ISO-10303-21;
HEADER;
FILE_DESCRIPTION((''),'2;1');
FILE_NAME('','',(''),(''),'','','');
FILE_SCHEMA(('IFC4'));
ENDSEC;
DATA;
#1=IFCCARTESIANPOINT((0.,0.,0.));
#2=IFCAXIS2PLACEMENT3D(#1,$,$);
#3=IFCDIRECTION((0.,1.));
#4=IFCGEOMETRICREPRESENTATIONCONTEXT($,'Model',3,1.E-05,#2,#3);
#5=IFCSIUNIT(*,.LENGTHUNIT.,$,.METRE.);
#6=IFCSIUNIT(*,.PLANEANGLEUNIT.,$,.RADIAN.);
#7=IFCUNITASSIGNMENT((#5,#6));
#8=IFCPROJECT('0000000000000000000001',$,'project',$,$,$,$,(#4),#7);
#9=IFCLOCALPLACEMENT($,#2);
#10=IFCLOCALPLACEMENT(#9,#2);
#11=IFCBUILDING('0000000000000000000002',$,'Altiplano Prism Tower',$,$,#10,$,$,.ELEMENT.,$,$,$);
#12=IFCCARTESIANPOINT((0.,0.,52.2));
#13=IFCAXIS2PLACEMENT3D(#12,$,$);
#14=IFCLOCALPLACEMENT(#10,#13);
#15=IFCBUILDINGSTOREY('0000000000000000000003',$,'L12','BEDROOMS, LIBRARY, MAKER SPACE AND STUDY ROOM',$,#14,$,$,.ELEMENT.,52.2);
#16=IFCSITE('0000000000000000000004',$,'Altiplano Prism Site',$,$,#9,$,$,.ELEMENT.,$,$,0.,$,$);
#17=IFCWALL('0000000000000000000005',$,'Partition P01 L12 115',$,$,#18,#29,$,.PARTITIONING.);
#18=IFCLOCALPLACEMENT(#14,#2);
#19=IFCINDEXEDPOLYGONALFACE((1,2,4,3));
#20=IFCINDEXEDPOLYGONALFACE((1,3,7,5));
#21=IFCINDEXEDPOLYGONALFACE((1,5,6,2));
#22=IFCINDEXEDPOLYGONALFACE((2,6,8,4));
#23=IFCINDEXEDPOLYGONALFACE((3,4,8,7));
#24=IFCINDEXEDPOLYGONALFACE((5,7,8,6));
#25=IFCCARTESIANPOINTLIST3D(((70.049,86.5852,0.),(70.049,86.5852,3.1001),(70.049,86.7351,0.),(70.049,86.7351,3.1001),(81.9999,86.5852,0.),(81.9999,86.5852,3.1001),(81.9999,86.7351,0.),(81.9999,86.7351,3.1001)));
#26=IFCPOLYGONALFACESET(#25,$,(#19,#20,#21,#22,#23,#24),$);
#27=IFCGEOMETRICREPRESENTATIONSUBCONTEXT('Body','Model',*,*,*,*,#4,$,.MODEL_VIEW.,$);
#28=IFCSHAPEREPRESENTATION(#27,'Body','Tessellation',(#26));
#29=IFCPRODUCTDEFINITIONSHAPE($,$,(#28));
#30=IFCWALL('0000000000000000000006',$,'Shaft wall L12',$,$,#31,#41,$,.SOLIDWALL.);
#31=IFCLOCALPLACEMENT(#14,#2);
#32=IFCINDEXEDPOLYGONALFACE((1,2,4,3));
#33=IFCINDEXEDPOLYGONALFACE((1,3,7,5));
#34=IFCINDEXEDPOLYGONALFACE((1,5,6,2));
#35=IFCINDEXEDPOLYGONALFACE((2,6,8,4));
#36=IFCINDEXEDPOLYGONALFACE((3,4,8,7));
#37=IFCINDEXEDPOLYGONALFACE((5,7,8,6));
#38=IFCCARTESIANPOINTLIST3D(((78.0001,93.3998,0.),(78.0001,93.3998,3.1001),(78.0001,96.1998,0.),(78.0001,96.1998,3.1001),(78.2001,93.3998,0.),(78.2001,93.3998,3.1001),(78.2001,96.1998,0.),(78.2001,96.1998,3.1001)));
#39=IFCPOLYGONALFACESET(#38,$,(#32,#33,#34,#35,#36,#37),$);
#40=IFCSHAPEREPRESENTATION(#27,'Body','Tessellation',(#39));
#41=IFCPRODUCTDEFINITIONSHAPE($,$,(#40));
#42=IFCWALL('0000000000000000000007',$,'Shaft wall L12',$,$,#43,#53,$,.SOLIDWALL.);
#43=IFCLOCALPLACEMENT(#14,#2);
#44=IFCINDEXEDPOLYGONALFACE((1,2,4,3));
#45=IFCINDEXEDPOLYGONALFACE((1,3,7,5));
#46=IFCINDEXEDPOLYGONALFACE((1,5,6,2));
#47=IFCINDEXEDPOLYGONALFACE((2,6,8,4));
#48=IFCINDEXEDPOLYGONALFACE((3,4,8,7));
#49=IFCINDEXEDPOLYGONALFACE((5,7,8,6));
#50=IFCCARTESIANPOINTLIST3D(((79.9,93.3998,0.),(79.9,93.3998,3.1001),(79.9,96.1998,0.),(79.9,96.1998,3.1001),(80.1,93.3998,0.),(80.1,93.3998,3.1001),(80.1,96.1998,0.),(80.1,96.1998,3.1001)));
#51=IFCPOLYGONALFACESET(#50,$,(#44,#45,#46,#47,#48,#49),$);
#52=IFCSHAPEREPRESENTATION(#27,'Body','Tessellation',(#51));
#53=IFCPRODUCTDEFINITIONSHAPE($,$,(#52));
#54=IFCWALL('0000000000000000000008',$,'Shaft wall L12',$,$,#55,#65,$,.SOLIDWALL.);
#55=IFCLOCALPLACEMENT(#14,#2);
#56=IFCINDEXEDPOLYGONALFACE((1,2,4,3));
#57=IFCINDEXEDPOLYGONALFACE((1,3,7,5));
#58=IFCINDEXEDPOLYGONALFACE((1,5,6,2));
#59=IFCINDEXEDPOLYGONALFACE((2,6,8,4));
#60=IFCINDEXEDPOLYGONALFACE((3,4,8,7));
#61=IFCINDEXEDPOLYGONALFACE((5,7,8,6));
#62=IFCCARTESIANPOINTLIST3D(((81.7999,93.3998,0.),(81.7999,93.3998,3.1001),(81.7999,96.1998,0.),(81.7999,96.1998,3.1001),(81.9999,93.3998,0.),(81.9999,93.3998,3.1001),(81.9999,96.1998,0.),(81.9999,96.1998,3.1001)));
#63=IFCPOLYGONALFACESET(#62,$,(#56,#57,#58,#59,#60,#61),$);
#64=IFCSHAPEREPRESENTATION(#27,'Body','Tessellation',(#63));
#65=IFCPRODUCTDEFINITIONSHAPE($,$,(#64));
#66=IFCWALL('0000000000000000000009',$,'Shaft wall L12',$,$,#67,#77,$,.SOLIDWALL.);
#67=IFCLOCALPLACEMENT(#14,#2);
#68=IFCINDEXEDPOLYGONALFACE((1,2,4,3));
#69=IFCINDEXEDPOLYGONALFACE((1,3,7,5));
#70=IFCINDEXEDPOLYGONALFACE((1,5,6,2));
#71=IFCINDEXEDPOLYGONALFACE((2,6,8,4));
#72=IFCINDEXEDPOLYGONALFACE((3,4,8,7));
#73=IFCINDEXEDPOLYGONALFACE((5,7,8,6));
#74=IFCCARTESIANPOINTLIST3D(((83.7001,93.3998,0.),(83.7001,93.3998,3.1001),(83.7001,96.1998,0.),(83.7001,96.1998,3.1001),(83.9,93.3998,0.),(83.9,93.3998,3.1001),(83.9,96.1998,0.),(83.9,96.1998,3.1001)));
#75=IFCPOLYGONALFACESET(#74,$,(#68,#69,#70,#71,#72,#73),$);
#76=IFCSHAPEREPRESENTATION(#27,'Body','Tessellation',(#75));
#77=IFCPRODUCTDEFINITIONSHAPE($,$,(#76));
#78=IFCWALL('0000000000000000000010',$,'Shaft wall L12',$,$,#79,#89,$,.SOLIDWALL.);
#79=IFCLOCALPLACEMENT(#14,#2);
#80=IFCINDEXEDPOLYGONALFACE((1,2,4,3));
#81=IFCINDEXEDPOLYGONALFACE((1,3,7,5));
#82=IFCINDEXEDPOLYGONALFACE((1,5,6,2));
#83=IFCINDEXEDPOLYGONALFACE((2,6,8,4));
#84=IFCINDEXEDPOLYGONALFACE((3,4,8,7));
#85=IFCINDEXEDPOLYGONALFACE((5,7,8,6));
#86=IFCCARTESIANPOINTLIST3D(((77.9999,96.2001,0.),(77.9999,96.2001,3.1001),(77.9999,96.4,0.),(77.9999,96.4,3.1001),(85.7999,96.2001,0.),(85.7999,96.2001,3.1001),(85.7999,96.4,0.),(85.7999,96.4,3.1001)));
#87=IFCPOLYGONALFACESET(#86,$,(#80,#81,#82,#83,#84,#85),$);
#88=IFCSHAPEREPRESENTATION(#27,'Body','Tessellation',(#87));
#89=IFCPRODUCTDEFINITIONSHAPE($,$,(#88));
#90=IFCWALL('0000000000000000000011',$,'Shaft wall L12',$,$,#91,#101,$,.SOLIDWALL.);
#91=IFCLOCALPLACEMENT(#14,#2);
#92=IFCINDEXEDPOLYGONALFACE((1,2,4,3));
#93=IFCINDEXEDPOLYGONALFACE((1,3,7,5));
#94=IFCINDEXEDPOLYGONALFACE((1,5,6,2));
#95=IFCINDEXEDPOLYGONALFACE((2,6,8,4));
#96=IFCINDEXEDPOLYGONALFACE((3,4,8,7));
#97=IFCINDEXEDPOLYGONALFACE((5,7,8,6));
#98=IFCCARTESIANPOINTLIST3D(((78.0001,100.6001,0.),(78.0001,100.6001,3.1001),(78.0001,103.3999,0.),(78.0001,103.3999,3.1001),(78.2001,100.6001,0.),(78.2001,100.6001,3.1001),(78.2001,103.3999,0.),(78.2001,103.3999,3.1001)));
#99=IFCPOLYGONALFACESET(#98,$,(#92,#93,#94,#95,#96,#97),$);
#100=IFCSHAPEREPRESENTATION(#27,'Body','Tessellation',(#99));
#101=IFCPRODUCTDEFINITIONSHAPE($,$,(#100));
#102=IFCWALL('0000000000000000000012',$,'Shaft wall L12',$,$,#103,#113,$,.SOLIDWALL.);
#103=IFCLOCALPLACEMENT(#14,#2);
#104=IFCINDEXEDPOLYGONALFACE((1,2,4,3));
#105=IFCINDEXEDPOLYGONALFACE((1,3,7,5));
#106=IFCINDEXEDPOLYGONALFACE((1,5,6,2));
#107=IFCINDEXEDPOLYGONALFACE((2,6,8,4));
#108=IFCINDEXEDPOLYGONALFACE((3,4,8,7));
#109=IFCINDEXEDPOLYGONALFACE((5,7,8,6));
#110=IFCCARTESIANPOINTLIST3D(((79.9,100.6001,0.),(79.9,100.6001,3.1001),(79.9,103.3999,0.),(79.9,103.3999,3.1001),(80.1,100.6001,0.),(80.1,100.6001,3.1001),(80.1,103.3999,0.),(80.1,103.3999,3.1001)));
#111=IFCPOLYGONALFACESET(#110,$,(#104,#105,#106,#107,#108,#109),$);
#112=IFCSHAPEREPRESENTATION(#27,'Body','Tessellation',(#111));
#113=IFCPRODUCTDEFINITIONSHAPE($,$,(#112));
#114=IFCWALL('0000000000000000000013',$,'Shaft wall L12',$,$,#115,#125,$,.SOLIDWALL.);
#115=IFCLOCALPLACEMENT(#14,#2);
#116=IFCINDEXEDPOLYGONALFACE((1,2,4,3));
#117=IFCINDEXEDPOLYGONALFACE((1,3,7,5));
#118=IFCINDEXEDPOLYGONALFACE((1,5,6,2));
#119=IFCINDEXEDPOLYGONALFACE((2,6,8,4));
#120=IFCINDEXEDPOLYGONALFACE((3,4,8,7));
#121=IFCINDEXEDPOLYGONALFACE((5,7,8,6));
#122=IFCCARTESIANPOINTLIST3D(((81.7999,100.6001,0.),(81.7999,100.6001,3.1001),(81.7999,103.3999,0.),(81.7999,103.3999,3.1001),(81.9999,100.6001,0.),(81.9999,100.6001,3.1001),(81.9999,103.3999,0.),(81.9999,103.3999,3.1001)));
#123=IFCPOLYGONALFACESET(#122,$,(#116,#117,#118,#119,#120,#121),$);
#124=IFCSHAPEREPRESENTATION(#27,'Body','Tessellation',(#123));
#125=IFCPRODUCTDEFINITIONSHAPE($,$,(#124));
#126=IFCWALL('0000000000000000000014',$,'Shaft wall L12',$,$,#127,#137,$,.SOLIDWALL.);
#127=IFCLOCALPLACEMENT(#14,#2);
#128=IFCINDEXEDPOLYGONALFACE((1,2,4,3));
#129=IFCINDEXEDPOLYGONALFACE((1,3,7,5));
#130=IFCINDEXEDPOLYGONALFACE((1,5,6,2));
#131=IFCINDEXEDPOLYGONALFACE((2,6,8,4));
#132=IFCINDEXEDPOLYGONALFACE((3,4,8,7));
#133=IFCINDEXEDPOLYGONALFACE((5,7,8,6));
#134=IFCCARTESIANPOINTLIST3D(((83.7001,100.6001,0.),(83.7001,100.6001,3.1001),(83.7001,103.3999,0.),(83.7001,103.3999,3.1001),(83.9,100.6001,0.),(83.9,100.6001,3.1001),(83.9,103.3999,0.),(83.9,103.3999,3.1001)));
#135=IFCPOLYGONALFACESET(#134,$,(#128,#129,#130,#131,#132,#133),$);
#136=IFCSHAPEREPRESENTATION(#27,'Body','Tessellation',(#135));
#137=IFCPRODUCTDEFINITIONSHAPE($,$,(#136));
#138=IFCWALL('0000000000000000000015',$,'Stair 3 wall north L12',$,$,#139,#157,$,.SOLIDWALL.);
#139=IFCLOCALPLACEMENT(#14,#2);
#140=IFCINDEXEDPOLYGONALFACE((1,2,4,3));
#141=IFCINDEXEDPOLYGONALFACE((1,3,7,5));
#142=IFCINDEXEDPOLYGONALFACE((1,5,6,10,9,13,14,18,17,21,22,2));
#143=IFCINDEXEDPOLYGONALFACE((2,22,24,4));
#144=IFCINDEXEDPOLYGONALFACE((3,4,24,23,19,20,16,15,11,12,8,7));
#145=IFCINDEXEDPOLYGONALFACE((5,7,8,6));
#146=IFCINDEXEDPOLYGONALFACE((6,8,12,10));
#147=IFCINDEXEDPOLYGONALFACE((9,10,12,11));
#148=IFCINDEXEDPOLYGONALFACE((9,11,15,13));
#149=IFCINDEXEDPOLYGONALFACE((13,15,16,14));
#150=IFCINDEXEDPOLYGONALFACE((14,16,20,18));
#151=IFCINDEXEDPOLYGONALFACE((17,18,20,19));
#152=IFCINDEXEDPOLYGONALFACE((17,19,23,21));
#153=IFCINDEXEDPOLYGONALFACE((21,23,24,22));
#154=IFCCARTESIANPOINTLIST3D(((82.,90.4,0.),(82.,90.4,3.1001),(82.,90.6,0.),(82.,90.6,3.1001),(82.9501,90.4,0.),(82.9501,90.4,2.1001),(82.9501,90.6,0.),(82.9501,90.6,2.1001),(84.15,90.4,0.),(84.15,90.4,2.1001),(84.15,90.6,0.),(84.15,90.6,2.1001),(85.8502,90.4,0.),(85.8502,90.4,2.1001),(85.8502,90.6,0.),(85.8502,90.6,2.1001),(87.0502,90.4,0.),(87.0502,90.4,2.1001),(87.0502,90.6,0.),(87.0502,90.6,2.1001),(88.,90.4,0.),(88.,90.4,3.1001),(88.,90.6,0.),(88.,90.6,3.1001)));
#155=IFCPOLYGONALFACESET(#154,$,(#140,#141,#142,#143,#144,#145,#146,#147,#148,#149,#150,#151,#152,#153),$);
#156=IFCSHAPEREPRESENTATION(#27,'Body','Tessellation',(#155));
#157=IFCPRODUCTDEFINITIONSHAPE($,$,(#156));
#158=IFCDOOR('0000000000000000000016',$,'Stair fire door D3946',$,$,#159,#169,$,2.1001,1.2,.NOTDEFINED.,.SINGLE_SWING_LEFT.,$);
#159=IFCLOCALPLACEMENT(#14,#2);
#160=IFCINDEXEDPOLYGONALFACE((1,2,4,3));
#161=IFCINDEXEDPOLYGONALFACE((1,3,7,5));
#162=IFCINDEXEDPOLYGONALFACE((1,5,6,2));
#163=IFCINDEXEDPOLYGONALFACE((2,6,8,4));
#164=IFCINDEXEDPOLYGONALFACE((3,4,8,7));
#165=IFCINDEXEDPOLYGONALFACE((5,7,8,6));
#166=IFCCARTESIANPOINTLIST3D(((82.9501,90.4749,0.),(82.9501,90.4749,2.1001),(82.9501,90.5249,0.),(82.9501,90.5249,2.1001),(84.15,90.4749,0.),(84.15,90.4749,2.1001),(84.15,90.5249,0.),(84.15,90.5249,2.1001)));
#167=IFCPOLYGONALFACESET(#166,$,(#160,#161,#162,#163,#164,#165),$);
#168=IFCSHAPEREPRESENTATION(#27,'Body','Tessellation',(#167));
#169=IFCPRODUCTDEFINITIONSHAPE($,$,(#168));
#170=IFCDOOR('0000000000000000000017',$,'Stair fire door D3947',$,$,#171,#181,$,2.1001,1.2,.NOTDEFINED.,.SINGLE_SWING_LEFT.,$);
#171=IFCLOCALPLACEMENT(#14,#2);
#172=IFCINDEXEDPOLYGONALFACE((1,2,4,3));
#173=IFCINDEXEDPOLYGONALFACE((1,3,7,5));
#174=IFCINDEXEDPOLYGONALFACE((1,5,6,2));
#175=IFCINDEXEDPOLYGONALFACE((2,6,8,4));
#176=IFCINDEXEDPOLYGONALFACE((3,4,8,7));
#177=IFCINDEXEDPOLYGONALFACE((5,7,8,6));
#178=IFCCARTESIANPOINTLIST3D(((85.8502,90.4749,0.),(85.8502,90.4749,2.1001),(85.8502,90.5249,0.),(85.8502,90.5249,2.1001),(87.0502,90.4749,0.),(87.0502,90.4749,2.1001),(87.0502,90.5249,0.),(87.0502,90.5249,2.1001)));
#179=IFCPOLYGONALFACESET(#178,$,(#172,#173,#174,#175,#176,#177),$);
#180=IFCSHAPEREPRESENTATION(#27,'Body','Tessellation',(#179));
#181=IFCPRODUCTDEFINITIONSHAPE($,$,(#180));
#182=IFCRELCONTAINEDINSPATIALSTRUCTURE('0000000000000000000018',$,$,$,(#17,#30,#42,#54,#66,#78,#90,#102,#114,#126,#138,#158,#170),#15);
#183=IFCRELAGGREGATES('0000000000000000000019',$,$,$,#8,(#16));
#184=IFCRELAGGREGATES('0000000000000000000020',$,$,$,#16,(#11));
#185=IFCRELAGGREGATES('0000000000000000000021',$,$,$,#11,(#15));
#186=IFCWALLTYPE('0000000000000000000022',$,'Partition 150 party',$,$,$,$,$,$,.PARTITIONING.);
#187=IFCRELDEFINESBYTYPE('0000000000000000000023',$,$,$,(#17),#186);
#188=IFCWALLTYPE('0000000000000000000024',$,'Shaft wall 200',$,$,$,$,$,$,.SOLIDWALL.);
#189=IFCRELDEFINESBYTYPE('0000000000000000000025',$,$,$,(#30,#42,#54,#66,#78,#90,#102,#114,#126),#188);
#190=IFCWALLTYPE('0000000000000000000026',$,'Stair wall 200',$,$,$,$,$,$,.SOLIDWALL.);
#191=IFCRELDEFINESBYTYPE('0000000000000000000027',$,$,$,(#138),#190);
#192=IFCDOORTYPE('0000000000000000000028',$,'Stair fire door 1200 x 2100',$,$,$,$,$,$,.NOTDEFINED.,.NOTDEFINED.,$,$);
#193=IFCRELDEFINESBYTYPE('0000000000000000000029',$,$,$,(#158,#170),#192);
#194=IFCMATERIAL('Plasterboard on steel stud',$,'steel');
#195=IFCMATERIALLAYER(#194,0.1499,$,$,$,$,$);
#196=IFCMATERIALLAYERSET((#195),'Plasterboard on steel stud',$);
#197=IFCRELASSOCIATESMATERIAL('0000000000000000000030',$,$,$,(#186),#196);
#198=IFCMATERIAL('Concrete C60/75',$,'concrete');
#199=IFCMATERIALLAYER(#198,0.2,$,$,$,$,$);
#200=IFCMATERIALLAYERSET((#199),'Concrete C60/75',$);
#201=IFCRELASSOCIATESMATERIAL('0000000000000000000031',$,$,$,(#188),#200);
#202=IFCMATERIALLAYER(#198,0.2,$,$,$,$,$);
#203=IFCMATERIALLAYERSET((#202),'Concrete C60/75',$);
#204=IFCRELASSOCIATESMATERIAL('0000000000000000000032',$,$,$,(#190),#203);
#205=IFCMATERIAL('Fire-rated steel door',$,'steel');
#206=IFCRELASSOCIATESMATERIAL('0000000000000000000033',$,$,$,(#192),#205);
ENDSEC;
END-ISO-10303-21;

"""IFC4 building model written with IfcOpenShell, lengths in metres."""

from ifc_helpers import new_model, si_unit, direction, frame, frame_2d, origin, place, context, subcontext, project, spatial, rectangle, extrude, material, layer, layer_set, type_object, element, fill, save


model = new_model("IFC4")

# Units and contexts
model_context = context("Model", 3, precision=1e-05, world=origin(), true_north=direction((0.0, 1.0)))
body_context = subcontext(model_context, "Body", "Model", "MODEL_VIEW")
ifc_project = project(units=[si_unit("LENGTHUNIT", "METRE"), si_unit("PLANEANGLEUNIT", "RADIAN")], contexts=[model_context])

# Site, building, storey
site_placement = place(None, origin())
site = spatial("IfcSite", under=ifc_project, at=site_placement, Name="Altiplano Prism Site", CompositionType="ELEMENT", RefElevation=0.0)
building_placement = place(site_placement, origin())
building = spatial("IfcBuilding", under=site, at=building_placement, Name="Altiplano Prism Tower", CompositionType="ELEMENT")
storey_placement = place(building_placement, frame((0.0, 0.0, 52.2)))
storey = spatial("IfcBuildingStorey", under=building, at=storey_placement, Name="L12", Description="BEDROOMS, LIBRARY, MAKER SPACE AND STUDY ROOM", CompositionType="ELEMENT", Elevation=52.2)

# Walls
ifc_material_1 = material(Name="Plasterboard on steel stud", Category="steel")
ifc_layer_1 = layer(ifc_material_1, 0.1499)
ifc_layer_set_1 = layer_set([ifc_layer_1], Name="Plasterboard on steel stud")
wall_type_1 = type_object("IfcWallType", Name="Partition 150 party", PredefinedType="PARTITIONING", material=ifc_layer_set_1)
wall_1_placement = place(storey_placement, frame((82.0, 86.6602, 0.0), z_axis=(0.0, 0.0, 1.0), x_axis=(-1.0, 0.0, 0.0)))
element("IfcWall", 1, at=wall_1_placement, inside=storey, type_object=wall_type_1, Name="Partition P01 L12 115", PredefinedType="PARTITIONING", context=body_context, shape_type="SweptSolid", body=[
    extrude(rectangle(XDim=11.9509, YDim=0.1499, at=frame_2d((5.9756, 0.0))), origin(), (0.0, 0.0, 1.0), 3.1001),
])
ifc_material_2 = material(Name="Concrete C60/75", Category="concrete")
ifc_layer_2 = layer(ifc_material_2, 0.2)
ifc_layer_set_2 = layer_set([ifc_layer_2], Name="Concrete C60/75")
wall_type_2 = type_object("IfcWallType", Name="Shaft wall 200", PredefinedType="SOLIDWALL", material=ifc_layer_set_2)
for number, where, z_axis, x_axis, name in (
    (2, (78.1001, 93.3999, 0.0), (0.0, 0.0, 1.0), (0.0, 1.0, 0.0), "Shaft wall L12"),
    (3, (80.0, 93.3999, 0.0), (0.0, 0.0, 1.0), (0.0, 1.0, 0.0), "Shaft wall L12"),
    (4, (81.8999, 93.3999, 0.0), (0.0, 0.0, 1.0), (0.0, 1.0, 0.0), "Shaft wall L12"),
    (5, (83.8, 93.3999, 0.0), (0.0, 0.0, 1.0), (0.0, 1.0, 0.0), "Shaft wall L12"),
):
    element("IfcWall", number, at=place(storey_placement, frame(where, z_axis=z_axis, x_axis=x_axis)), inside=storey, type_object=wall_type_2, Name=name, PredefinedType="SOLIDWALL", context=body_context, shape_type="SweptSolid", body=[
        extrude(rectangle(XDim=2.8, YDim=0.2, at=frame_2d((1.3999, 0.0))), origin(), (0.0, 0.0, 1.0), 3.1001),
    ])
wall_2_placement = place(storey_placement, frame((78.0, 96.3, 0.0), z_axis=(0.0, 0.0, 1.0), x_axis=(1.0, 0.0, 0.0)))
element("IfcWall", 6, at=wall_2_placement, inside=storey, type_object=wall_type_2, Name="Shaft wall L12", PredefinedType="SOLIDWALL", context=body_context, shape_type="SweptSolid", body=[
    extrude(rectangle(XDim=7.8, YDim=0.2, at=frame_2d((3.8999, 0.0))), origin(), (0.0, 0.0, 1.0), 3.1001),
])
for number, where, z_axis, x_axis, name in (
    (7, (78.1001, 100.6001, 0.0), (0.0, 0.0, 1.0), (0.0, 1.0, 0.0), "Shaft wall L12"),
    (8, (80.0, 100.6001, 0.0), (0.0, 0.0, 1.0), (0.0, 1.0, 0.0), "Shaft wall L12"),
    (9, (81.8999, 100.6001, 0.0), (0.0, 0.0, 1.0), (0.0, 1.0, 0.0), "Shaft wall L12"),
    (10, (83.8, 100.6001, 0.0), (0.0, 0.0, 1.0), (0.0, 1.0, 0.0), "Shaft wall L12"),
):
    element("IfcWall", number, at=place(storey_placement, frame(where, z_axis=z_axis, x_axis=x_axis)), inside=storey, type_object=wall_type_2, Name=name, PredefinedType="SOLIDWALL", context=body_context, shape_type="SweptSolid", body=[
        extrude(rectangle(XDim=2.7998, YDim=0.2, at=frame_2d((1.3999, 0.0))), origin(), (0.0, 0.0, 1.0), 3.1001),
    ])

# Wall, openings, doors
ifc_layer_3 = layer(ifc_material_2, 0.2)
ifc_layer_set_3 = layer_set([ifc_layer_3], Name="Concrete C60/75")
wall_type_3 = type_object("IfcWallType", Name="Stair wall 200", PredefinedType="SOLIDWALL", material=ifc_layer_set_3)
wall_3_placement = place(storey_placement, frame((82.0, 90.5, 0.0), z_axis=(0.0, 0.0, 1.0), x_axis=(1.0, 0.0, 0.0)))
wall_3 = element("IfcWall", 11, at=wall_3_placement, inside=storey, type_object=wall_type_3, Name="Stair 3 wall north L12", PredefinedType="SOLIDWALL", context=body_context, shape_type="SweptSolid", body=[
    extrude(rectangle(XDim=6.0, YDim=0.2, at=frame_2d((3.0, 0.0))), origin(), (0.0, 0.0, 1.0), 3.1001),
])
opening_1_placement = place(wall_3_placement, frame((0.95, 0.0, 0.0)))
opening_1 = element("IfcOpeningElement", 12, at=opening_1_placement, cuts=wall_3, PredefinedType="OPENING", context=body_context, shape_type="SweptSolid", body=[
    extrude(rectangle(XDim=1.2, YDim=2.1001, at=frame_2d((0.6001, 1.05))), frame((0.0, 0.1104, 0.0), z_axis=(0.0, -1.0, 0.0), x_axis=(1.0, 0.0, 0.0)), (0.0, 0.0, 1.0), 0.2209),
])
opening_2_placement = place(wall_3_placement, frame((3.8501, 0.0, 0.0)))
opening_2 = element("IfcOpeningElement", 13, at=opening_2_placement, cuts=wall_3, PredefinedType="OPENING", context=body_context, shape_type="SweptSolid", body=[
    extrude(rectangle(XDim=1.2, YDim=2.1001, at=frame_2d((0.6001, 1.05))), frame((0.0, 0.1104, 0.0), z_axis=(0.0, -1.0, 0.0), x_axis=(1.0, 0.0, 0.0)), (0.0, 0.0, 1.0), 0.2209),
])
ifc_material_3 = material(Name="Fire-rated steel door", Category="steel")
door_type_1 = type_object("IfcDoorType", Name="Stair fire door 1200 x 2100", OperationType="NOTDEFINED", PredefinedType="NOTDEFINED", material=ifc_material_3)
door_1_placement = place(opening_1_placement, origin())
door_1 = element("IfcDoor", 14, at=door_1_placement, inside=storey, type_object=door_type_1, Name="Stair fire door D3946", OperationType="SINGLE_SWING_LEFT", OverallHeight=2.1001, OverallWidth=1.2, PredefinedType="NOTDEFINED", context=body_context, shape_type="SweptSolid", body=[
    extrude(rectangle(XDim=1.2, YDim=2.1001, at=frame_2d((0.6001, 1.05))), frame((0.0, 0.0249, 0.0), z_axis=(0.0, -1.0, 0.0), x_axis=(1.0, 0.0, 0.0)), (0.0, 0.0, 1.0), 0.05),
])
fill(opening_1, door_1)
door_2_placement = place(opening_2_placement, origin())
door_2 = element("IfcDoor", 15, at=door_2_placement, inside=storey, type_object=door_type_1, Name="Stair fire door D3947", OperationType="SINGLE_SWING_LEFT", OverallHeight=2.1001, OverallWidth=1.2, PredefinedType="NOTDEFINED", context=body_context, shape_type="SweptSolid", body=[
    extrude(rectangle(XDim=1.2, YDim=2.1001, at=frame_2d((0.6001, 1.05))), frame((0.0, 0.0249, 0.0), z_axis=(0.0, -1.0, 0.0), x_axis=(1.0, 0.0, 0.0)), (0.0, 0.0, 1.0), 0.05),
])
fill(opening_2, door_2)

save(model, "model.ifc")
